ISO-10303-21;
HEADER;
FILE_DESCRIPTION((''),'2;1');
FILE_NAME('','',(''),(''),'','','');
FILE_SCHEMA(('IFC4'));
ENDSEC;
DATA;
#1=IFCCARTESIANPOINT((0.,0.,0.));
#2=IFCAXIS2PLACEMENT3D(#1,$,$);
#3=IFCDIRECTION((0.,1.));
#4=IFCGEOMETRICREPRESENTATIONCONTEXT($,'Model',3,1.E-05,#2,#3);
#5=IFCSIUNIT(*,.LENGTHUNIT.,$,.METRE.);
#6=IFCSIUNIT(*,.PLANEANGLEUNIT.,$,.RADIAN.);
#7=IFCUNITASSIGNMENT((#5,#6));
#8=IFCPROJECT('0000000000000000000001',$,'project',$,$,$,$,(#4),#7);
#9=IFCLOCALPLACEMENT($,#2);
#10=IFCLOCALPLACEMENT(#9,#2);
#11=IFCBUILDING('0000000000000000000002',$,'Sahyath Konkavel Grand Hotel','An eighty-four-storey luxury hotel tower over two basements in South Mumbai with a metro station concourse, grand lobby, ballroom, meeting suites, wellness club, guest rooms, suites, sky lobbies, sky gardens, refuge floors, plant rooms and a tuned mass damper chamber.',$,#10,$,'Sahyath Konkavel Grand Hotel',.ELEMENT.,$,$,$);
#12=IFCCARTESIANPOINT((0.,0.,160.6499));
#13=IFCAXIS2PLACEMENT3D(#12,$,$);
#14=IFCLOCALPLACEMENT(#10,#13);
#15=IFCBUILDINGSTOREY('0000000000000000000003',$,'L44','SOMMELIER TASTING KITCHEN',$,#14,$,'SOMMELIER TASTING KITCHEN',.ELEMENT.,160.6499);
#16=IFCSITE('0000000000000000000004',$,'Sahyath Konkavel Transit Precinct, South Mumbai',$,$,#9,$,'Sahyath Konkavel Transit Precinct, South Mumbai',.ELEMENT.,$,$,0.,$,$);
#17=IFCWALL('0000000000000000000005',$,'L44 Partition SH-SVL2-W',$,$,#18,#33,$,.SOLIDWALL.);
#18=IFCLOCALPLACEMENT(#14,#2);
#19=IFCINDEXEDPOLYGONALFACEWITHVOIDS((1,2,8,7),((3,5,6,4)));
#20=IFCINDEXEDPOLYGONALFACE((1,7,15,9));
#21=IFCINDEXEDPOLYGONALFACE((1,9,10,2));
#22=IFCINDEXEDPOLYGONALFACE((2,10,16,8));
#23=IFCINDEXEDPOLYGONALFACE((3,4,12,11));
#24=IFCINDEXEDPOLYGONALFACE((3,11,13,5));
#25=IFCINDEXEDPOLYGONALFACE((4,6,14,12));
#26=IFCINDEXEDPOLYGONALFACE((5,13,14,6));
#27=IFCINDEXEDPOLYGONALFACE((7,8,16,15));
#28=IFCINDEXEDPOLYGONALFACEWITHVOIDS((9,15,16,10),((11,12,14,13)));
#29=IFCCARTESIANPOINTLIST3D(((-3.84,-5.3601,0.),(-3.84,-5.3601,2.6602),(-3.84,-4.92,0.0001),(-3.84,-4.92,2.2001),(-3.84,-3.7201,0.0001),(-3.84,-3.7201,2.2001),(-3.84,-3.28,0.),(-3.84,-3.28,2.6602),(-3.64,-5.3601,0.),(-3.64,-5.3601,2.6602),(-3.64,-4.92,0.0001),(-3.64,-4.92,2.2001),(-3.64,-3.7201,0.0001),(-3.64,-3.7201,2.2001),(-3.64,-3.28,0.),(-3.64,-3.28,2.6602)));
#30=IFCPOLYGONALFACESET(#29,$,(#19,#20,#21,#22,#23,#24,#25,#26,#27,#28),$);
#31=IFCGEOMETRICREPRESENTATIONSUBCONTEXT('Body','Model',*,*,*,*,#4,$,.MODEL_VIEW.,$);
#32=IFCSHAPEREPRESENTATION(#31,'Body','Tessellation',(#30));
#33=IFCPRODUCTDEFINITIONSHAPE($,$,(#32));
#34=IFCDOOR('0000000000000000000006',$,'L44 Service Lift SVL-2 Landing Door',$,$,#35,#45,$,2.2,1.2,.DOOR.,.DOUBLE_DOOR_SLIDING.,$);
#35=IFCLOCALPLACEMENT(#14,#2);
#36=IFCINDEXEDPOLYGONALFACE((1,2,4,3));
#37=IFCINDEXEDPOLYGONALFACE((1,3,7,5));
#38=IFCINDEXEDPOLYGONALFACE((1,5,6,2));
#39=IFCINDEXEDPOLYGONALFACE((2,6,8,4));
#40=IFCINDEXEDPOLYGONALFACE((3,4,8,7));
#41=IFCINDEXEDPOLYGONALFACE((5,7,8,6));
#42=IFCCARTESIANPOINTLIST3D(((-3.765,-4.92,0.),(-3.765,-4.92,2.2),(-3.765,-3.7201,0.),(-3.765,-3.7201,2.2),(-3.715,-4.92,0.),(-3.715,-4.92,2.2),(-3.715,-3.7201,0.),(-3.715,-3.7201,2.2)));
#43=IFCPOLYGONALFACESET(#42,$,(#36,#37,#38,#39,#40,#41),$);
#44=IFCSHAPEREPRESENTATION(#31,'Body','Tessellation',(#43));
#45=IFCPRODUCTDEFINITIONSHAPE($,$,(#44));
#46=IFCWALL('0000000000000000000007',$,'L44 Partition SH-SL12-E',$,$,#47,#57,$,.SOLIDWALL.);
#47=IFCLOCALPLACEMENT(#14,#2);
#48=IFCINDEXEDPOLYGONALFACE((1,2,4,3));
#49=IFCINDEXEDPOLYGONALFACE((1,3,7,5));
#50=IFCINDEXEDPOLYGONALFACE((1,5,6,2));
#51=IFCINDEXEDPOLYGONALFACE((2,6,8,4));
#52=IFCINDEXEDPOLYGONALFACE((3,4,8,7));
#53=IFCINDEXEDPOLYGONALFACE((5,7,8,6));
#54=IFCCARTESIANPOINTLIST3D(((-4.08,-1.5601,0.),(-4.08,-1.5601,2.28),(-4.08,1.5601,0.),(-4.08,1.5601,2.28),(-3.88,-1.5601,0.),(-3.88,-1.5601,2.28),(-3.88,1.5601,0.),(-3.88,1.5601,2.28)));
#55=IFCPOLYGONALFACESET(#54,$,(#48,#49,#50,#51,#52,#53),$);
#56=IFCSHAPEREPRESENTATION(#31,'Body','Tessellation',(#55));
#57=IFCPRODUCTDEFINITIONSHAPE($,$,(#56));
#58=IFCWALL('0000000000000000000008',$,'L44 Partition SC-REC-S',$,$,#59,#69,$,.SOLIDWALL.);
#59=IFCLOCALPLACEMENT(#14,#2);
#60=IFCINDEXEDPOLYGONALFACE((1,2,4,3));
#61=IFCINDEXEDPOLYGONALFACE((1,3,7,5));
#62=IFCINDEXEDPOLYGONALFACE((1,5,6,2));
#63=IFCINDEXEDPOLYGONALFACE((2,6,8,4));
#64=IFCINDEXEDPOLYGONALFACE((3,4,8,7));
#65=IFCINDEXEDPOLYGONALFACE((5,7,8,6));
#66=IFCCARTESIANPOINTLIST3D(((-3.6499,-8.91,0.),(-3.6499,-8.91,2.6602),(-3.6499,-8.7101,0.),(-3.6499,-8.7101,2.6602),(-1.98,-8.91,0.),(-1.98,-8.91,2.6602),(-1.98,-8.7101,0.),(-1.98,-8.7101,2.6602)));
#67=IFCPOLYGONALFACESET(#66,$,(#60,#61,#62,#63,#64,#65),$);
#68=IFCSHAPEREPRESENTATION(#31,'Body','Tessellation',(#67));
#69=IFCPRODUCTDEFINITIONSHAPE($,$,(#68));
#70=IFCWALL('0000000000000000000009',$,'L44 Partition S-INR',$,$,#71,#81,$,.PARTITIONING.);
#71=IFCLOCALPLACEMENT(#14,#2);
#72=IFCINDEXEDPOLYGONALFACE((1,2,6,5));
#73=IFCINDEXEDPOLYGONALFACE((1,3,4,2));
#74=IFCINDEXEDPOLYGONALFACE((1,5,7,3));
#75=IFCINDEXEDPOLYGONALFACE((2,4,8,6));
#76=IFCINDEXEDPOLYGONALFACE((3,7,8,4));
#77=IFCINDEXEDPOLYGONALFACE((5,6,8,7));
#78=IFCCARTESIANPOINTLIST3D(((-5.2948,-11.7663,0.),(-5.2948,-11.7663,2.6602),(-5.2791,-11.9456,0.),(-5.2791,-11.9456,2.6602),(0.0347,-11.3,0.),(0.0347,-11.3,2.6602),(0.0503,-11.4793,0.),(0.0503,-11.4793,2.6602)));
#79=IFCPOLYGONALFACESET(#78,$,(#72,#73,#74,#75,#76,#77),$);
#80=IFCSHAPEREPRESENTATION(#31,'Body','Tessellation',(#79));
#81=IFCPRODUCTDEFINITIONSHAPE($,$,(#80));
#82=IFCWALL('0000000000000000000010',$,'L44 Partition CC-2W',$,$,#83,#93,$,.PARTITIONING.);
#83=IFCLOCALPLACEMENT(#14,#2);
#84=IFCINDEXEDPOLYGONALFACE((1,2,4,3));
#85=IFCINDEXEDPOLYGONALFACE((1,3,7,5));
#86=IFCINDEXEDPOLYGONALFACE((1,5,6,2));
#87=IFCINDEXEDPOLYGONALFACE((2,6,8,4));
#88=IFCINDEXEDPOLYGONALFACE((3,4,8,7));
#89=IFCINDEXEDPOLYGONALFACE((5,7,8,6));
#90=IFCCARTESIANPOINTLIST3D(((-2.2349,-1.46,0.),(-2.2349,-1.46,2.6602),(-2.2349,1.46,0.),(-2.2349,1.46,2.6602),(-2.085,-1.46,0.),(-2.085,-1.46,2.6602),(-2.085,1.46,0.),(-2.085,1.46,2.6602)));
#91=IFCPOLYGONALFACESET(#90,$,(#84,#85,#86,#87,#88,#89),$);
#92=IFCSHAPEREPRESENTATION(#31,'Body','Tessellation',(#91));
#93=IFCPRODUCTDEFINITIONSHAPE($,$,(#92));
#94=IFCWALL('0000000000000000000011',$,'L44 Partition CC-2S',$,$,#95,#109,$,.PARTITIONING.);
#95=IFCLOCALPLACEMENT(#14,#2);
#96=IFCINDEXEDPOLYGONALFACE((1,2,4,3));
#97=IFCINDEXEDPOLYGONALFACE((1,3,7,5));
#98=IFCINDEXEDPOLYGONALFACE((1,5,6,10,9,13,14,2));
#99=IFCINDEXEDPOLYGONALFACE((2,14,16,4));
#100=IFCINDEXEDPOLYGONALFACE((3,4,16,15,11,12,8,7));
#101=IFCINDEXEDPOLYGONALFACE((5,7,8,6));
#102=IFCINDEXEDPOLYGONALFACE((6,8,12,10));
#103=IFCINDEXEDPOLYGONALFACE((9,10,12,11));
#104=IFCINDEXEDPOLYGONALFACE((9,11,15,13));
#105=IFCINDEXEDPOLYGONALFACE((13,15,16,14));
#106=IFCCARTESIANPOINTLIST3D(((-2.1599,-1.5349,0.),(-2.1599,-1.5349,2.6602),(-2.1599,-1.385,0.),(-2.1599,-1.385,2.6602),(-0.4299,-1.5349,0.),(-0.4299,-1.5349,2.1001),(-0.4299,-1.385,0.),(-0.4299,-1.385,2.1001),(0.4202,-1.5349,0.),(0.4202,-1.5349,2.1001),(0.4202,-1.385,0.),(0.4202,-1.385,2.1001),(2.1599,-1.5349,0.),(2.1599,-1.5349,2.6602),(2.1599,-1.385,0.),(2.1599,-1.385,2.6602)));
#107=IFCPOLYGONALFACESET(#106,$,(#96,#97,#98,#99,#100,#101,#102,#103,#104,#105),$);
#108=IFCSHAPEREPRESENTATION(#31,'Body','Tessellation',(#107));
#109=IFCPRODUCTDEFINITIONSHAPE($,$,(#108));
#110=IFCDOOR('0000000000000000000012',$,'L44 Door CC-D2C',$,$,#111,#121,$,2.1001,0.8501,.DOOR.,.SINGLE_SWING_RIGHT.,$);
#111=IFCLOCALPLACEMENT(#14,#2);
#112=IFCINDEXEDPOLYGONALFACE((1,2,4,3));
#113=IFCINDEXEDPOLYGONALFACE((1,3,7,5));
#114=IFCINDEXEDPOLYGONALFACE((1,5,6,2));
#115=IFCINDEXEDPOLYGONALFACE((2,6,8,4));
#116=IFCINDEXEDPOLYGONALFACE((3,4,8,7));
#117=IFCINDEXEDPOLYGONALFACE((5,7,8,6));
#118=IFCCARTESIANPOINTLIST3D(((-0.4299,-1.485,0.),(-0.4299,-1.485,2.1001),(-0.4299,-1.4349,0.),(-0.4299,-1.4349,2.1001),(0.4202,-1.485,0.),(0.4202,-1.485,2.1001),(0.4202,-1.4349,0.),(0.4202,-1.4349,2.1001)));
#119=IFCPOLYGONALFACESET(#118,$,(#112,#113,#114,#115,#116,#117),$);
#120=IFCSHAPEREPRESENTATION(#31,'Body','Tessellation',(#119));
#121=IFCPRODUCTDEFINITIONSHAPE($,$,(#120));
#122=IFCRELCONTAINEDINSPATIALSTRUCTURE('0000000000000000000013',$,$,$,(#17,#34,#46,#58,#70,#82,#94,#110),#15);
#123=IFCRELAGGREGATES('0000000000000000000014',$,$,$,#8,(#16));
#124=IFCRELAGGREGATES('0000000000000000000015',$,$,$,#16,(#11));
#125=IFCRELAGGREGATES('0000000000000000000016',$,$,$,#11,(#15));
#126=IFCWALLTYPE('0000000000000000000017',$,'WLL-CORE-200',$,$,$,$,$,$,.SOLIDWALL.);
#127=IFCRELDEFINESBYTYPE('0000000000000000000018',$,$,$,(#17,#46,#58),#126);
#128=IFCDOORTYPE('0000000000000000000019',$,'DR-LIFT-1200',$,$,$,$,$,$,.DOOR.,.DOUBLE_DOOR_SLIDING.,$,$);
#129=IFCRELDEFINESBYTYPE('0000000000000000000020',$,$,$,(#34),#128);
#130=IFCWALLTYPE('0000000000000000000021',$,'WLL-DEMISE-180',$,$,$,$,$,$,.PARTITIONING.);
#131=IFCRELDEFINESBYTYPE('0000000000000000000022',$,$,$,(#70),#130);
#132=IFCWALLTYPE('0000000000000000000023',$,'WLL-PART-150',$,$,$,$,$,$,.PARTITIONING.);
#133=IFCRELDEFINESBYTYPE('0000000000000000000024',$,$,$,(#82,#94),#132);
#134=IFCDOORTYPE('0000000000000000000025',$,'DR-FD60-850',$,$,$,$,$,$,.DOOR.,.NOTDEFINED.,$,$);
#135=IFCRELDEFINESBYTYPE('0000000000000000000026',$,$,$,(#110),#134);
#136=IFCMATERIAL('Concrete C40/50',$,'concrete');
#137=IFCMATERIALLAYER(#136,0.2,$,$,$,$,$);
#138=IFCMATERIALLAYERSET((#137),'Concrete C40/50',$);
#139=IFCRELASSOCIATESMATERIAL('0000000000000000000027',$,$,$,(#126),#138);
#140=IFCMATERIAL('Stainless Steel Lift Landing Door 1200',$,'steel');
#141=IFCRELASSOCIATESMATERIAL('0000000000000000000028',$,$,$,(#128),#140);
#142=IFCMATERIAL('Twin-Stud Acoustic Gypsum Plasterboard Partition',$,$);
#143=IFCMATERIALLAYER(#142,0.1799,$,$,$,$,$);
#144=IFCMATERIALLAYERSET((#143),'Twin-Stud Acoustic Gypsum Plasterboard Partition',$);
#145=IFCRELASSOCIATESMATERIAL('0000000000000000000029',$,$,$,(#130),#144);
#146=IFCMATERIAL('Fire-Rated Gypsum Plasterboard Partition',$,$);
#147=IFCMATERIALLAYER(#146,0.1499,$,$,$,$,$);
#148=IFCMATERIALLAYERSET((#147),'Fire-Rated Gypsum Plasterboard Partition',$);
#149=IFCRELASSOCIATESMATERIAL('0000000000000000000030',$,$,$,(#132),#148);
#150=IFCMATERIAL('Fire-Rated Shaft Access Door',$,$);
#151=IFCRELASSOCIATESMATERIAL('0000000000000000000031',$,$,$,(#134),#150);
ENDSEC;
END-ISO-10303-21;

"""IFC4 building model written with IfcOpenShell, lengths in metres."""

from ifc_helpers import new_model, si_unit, direction, frame, frame_2d, origin, origin_2d, place, context, subcontext, project, spatial, rectangle, extrude, source, transform, mapped, material, layer, layer_set, type_object, element, fill, save


model = new_model("IFC4")

# Units and contexts
model_context = context("Model", 3, precision=1e-05, world=origin(), true_north=direction((0.0, 1.0)))
body_context = subcontext(model_context, "Body", "Model", "MODEL_VIEW")
ifc_project = project(units=[si_unit("LENGTHUNIT", "METRE"), si_unit("PLANEANGLEUNIT", "RADIAN")], contexts=[model_context])

# Site, building, storey
site_placement = place(None, origin())
site = spatial("IfcSite", under=ifc_project, at=site_placement, Name="Sahyath Konkavel Transit Precinct, South Mumbai", LongName="Sahyath Konkavel Transit Precinct, South Mumbai", CompositionType="ELEMENT", RefElevation=0.0)
building_placement = place(site_placement, origin())
building = spatial("IfcBuilding", under=site, at=building_placement, Name="Sahyath Konkavel Grand Hotel", Description="An eighty-four-storey luxury hotel tower over two basements in South Mumbai with a metro station concourse, grand lobby, ballroom, meeting suites, wellness club, guest rooms, suites, sky lobbies, sky gardens, refuge floors, plant rooms and a tuned mass damper chamber.", LongName="Sahyath Konkavel Grand Hotel", CompositionType="ELEMENT")
storey_placement = place(building_placement, frame((0.0, 0.0, 160.6499)))
storey = spatial("IfcBuildingStorey", under=building, at=storey_placement, Name="L44", Description="SOMMELIER TASTING KITCHEN", LongName="SOMMELIER TASTING KITCHEN", CompositionType="ELEMENT", Elevation=160.6499)

# Shared definitions
ifc_material_1 = material(Name="Concrete C40/50", Category="concrete")
ifc_layer_1 = layer(ifc_material_1, 0.2)
ifc_layer_set_1 = layer_set([ifc_layer_1], Name="Concrete C40/50")
wall_type_1 = type_object("IfcWallType", Name="WLL-CORE-200", PredefinedType="SOLIDWALL", material=ifc_layer_set_1)
shared_shape_1 = source(origin(), body_context, "Body", "SweptSolid", [
    extrude(rectangle(XDim=0.8501, YDim=0.05, at=origin_2d()), origin(), (0.0, 0.0, 1.0), 2.1001),
])

# Wall, opening, door
wall_1_placement = place(storey_placement, frame((-3.74, -5.3601, 0.0), z_axis=(0.0, 0.0, 1.0), x_axis=(0.0, 1.0, 0.0)))
wall_1 = element("IfcWall", 1, at=wall_1_placement, inside=storey, type_object=wall_type_1, Name="L44 Partition SH-SVL2-W", PredefinedType="SOLIDWALL", context=body_context, shape_type="SweptSolid", body=[
    extrude(rectangle(XDim=2.0801, YDim=0.2, at=frame_2d((1.04, 0.0))), origin(), (0.0, 0.0, 1.0), 2.6602),
])
opening_1_placement = place(wall_1_placement, frame((0.4399, 0.0, 0.0)))
opening_1 = element("IfcOpeningElement", 2, at=opening_1_placement, cuts=wall_1, PredefinedType="OPENING", context=body_context, shape_type="SweptSolid", body=[
    extrude(rectangle(XDim=1.2, YDim=2.2, at=frame_2d((0.6001, 1.1001))), frame((0.0, 0.1099, 0.0), z_axis=(0.0, -1.0, 0.0), x_axis=(1.0, 0.0, 0.0)), (0.0, 0.0, 1.0), 0.22),
])
ifc_material_2 = material(Name="Stainless Steel Lift Landing Door 1200", Category="steel")
door_type_1 = type_object("IfcDoorType", Name="DR-LIFT-1200", OperationType="DOUBLE_DOOR_SLIDING", PredefinedType="DOOR", material=ifc_material_2)
shared_shape_2 = source(origin(), body_context, "Body", "SweptSolid", [
    extrude(rectangle(XDim=1.2, YDim=0.05, at=origin_2d()), origin(), (0.0, 0.0, 1.0), 2.2),
])
door_1_placement = place(opening_1_placement, frame((0.6001, 0.0, 0.0)))
door_1 = element("IfcDoor", 3, at=door_1_placement, inside=storey, type_object=door_type_1, Name="L44 Service Lift SVL-2 Landing Door", OperationType="DOUBLE_DOOR_SLIDING", OverallHeight=2.2, OverallWidth=1.2, PredefinedType="DOOR", context=body_context, shape_type="MappedRepresentation", body=[
    mapped(shared_shape_2, transform((0.0, 0.0, 0.0), scale=1.0)),
])
fill(opening_1, door_1)

# Wall
wall_2_placement = place(storey_placement, frame((-3.98, -1.5601, 0.0), z_axis=(0.0, 0.0, 1.0), x_axis=(0.0, 1.0, 0.0)))
element("IfcWall", 4, at=wall_2_placement, inside=storey, type_object=wall_type_1, Name="L44 Partition SH-SL12-E", PredefinedType="SOLIDWALL", context=body_context, shape_type="SweptSolid", body=[
    extrude(rectangle(XDim=3.1201, YDim=0.2, at=frame_2d((1.5601, 0.0))), origin(), (0.0, 0.0, 1.0), 2.28),
])

# Walls
wall_3_placement = place(storey_placement, frame((-3.6499, -8.8101, 0.0), z_axis=(0.0, 0.0, 1.0), x_axis=(1.0, 0.0, 0.0)))
element("IfcWall", 5, at=wall_3_placement, inside=storey, type_object=wall_type_1, Name="L44 Partition SC-REC-S", PredefinedType="SOLIDWALL", context=body_context, shape_type="SweptSolid", body=[
    extrude(rectangle(XDim=1.6699, YDim=0.2, at=frame_2d((0.835, 0.0))), origin(), (0.0, 0.0, 1.0), 2.6602),
])
ifc_material_3 = material(Name="Twin-Stud Acoustic Gypsum Plasterboard Partition")
ifc_layer_2 = layer(ifc_material_3, 0.1799)
ifc_layer_set_2 = layer_set([ifc_layer_2], Name="Twin-Stud Acoustic Gypsum Plasterboard Partition")
wall_type_2 = type_object("IfcWallType", Name="WLL-DEMISE-180", PredefinedType="PARTITIONING", material=ifc_layer_set_2)
wall_4_placement = place(storey_placement, frame((-5.2869, -11.856, 0.0), z_axis=(0.0, 0.0, 1.0), x_axis=(0.996194, 0.087161, 0.0)))
element("IfcWall", 6, at=wall_4_placement, inside=storey, type_object=wall_type_2, Name="L44 Partition S-INR", PredefinedType="PARTITIONING", context=body_context, shape_type="SweptSolid", body=[
    extrude(rectangle(XDim=5.3499, YDim=0.1799, at=frame_2d((2.6748, 0.0))), origin(), (0.0, 0.0, 1.0), 2.6602),
])
ifc_material_4 = material(Name="Fire-Rated Gypsum Plasterboard Partition")
ifc_layer_3 = layer(ifc_material_4, 0.1499)
ifc_layer_set_3 = layer_set([ifc_layer_3], Name="Fire-Rated Gypsum Plasterboard Partition")
wall_type_3 = type_object("IfcWallType", Name="WLL-PART-150", PredefinedType="PARTITIONING", material=ifc_layer_set_3)
wall_5_placement = place(storey_placement, frame((-2.1599, -1.46, 0.0), z_axis=(0.0, 0.0, 1.0), x_axis=(0.0, 1.0, 0.0)))
element("IfcWall", 7, at=wall_5_placement, inside=storey, type_object=wall_type_3, Name="L44 Partition CC-2W", PredefinedType="PARTITIONING", context=body_context, shape_type="SweptSolid", body=[
    extrude(rectangle(XDim=2.9199, YDim=0.1499, at=frame_2d((1.46, 0.0))), origin(), (0.0, 0.0, 1.0), 2.6602),
])

# Wall, opening, door
wall_6_placement = place(storey_placement, frame((-2.1599, -1.46, 0.0), z_axis=(0.0, 0.0, 1.0), x_axis=(1.0, 0.0, 0.0)))
wall_6 = element("IfcWall", 8, at=wall_6_placement, inside=storey, type_object=wall_type_3, Name="L44 Partition CC-2S", PredefinedType="PARTITIONING", context=body_context, shape_type="SweptSolid", body=[
    extrude(rectangle(XDim=4.3198, YDim=0.1499, at=frame_2d((2.1599, 0.0))), origin(), (0.0, 0.0, 1.0), 2.6602),
])
opening_2_placement = place(wall_6_placement, frame((1.73, 0.0, 0.0)))
opening_2 = element("IfcOpeningElement", 9, at=opening_2_placement, cuts=wall_6, PredefinedType="OPENING", context=body_context, shape_type="SweptSolid", body=[
    extrude(rectangle(XDim=0.8501, YDim=2.1001, at=frame_2d((0.425, 1.05))), frame((0.0, 0.085, 0.0), z_axis=(0.0, -1.0, 0.0), x_axis=(1.0, 0.0, 0.0)), (0.0, 0.0, 1.0), 0.1699),
])
ifc_material_5 = material(Name="Fire-Rated Shaft Access Door")
door_type_2 = type_object("IfcDoorType", Name="DR-FD60-850", OperationType="NOTDEFINED", PredefinedType="DOOR", material=ifc_material_5)
door_2_placement = place(opening_2_placement, frame((0.425, 0.0, 0.0)))
door_2 = element("IfcDoor", 10, at=door_2_placement, inside=storey, type_object=door_type_2, Name="L44 Door CC-D2C", OperationType="SINGLE_SWING_RIGHT", OverallHeight=2.1001, OverallWidth=0.8501, PredefinedType="DOOR", context=body_context, shape_type="MappedRepresentation", body=[
    mapped(shared_shape_1, transform((0.0, 0.0, 0.0), scale=1.0)),
])
fill(opening_2, door_2)

save(model, "model.ifc")
